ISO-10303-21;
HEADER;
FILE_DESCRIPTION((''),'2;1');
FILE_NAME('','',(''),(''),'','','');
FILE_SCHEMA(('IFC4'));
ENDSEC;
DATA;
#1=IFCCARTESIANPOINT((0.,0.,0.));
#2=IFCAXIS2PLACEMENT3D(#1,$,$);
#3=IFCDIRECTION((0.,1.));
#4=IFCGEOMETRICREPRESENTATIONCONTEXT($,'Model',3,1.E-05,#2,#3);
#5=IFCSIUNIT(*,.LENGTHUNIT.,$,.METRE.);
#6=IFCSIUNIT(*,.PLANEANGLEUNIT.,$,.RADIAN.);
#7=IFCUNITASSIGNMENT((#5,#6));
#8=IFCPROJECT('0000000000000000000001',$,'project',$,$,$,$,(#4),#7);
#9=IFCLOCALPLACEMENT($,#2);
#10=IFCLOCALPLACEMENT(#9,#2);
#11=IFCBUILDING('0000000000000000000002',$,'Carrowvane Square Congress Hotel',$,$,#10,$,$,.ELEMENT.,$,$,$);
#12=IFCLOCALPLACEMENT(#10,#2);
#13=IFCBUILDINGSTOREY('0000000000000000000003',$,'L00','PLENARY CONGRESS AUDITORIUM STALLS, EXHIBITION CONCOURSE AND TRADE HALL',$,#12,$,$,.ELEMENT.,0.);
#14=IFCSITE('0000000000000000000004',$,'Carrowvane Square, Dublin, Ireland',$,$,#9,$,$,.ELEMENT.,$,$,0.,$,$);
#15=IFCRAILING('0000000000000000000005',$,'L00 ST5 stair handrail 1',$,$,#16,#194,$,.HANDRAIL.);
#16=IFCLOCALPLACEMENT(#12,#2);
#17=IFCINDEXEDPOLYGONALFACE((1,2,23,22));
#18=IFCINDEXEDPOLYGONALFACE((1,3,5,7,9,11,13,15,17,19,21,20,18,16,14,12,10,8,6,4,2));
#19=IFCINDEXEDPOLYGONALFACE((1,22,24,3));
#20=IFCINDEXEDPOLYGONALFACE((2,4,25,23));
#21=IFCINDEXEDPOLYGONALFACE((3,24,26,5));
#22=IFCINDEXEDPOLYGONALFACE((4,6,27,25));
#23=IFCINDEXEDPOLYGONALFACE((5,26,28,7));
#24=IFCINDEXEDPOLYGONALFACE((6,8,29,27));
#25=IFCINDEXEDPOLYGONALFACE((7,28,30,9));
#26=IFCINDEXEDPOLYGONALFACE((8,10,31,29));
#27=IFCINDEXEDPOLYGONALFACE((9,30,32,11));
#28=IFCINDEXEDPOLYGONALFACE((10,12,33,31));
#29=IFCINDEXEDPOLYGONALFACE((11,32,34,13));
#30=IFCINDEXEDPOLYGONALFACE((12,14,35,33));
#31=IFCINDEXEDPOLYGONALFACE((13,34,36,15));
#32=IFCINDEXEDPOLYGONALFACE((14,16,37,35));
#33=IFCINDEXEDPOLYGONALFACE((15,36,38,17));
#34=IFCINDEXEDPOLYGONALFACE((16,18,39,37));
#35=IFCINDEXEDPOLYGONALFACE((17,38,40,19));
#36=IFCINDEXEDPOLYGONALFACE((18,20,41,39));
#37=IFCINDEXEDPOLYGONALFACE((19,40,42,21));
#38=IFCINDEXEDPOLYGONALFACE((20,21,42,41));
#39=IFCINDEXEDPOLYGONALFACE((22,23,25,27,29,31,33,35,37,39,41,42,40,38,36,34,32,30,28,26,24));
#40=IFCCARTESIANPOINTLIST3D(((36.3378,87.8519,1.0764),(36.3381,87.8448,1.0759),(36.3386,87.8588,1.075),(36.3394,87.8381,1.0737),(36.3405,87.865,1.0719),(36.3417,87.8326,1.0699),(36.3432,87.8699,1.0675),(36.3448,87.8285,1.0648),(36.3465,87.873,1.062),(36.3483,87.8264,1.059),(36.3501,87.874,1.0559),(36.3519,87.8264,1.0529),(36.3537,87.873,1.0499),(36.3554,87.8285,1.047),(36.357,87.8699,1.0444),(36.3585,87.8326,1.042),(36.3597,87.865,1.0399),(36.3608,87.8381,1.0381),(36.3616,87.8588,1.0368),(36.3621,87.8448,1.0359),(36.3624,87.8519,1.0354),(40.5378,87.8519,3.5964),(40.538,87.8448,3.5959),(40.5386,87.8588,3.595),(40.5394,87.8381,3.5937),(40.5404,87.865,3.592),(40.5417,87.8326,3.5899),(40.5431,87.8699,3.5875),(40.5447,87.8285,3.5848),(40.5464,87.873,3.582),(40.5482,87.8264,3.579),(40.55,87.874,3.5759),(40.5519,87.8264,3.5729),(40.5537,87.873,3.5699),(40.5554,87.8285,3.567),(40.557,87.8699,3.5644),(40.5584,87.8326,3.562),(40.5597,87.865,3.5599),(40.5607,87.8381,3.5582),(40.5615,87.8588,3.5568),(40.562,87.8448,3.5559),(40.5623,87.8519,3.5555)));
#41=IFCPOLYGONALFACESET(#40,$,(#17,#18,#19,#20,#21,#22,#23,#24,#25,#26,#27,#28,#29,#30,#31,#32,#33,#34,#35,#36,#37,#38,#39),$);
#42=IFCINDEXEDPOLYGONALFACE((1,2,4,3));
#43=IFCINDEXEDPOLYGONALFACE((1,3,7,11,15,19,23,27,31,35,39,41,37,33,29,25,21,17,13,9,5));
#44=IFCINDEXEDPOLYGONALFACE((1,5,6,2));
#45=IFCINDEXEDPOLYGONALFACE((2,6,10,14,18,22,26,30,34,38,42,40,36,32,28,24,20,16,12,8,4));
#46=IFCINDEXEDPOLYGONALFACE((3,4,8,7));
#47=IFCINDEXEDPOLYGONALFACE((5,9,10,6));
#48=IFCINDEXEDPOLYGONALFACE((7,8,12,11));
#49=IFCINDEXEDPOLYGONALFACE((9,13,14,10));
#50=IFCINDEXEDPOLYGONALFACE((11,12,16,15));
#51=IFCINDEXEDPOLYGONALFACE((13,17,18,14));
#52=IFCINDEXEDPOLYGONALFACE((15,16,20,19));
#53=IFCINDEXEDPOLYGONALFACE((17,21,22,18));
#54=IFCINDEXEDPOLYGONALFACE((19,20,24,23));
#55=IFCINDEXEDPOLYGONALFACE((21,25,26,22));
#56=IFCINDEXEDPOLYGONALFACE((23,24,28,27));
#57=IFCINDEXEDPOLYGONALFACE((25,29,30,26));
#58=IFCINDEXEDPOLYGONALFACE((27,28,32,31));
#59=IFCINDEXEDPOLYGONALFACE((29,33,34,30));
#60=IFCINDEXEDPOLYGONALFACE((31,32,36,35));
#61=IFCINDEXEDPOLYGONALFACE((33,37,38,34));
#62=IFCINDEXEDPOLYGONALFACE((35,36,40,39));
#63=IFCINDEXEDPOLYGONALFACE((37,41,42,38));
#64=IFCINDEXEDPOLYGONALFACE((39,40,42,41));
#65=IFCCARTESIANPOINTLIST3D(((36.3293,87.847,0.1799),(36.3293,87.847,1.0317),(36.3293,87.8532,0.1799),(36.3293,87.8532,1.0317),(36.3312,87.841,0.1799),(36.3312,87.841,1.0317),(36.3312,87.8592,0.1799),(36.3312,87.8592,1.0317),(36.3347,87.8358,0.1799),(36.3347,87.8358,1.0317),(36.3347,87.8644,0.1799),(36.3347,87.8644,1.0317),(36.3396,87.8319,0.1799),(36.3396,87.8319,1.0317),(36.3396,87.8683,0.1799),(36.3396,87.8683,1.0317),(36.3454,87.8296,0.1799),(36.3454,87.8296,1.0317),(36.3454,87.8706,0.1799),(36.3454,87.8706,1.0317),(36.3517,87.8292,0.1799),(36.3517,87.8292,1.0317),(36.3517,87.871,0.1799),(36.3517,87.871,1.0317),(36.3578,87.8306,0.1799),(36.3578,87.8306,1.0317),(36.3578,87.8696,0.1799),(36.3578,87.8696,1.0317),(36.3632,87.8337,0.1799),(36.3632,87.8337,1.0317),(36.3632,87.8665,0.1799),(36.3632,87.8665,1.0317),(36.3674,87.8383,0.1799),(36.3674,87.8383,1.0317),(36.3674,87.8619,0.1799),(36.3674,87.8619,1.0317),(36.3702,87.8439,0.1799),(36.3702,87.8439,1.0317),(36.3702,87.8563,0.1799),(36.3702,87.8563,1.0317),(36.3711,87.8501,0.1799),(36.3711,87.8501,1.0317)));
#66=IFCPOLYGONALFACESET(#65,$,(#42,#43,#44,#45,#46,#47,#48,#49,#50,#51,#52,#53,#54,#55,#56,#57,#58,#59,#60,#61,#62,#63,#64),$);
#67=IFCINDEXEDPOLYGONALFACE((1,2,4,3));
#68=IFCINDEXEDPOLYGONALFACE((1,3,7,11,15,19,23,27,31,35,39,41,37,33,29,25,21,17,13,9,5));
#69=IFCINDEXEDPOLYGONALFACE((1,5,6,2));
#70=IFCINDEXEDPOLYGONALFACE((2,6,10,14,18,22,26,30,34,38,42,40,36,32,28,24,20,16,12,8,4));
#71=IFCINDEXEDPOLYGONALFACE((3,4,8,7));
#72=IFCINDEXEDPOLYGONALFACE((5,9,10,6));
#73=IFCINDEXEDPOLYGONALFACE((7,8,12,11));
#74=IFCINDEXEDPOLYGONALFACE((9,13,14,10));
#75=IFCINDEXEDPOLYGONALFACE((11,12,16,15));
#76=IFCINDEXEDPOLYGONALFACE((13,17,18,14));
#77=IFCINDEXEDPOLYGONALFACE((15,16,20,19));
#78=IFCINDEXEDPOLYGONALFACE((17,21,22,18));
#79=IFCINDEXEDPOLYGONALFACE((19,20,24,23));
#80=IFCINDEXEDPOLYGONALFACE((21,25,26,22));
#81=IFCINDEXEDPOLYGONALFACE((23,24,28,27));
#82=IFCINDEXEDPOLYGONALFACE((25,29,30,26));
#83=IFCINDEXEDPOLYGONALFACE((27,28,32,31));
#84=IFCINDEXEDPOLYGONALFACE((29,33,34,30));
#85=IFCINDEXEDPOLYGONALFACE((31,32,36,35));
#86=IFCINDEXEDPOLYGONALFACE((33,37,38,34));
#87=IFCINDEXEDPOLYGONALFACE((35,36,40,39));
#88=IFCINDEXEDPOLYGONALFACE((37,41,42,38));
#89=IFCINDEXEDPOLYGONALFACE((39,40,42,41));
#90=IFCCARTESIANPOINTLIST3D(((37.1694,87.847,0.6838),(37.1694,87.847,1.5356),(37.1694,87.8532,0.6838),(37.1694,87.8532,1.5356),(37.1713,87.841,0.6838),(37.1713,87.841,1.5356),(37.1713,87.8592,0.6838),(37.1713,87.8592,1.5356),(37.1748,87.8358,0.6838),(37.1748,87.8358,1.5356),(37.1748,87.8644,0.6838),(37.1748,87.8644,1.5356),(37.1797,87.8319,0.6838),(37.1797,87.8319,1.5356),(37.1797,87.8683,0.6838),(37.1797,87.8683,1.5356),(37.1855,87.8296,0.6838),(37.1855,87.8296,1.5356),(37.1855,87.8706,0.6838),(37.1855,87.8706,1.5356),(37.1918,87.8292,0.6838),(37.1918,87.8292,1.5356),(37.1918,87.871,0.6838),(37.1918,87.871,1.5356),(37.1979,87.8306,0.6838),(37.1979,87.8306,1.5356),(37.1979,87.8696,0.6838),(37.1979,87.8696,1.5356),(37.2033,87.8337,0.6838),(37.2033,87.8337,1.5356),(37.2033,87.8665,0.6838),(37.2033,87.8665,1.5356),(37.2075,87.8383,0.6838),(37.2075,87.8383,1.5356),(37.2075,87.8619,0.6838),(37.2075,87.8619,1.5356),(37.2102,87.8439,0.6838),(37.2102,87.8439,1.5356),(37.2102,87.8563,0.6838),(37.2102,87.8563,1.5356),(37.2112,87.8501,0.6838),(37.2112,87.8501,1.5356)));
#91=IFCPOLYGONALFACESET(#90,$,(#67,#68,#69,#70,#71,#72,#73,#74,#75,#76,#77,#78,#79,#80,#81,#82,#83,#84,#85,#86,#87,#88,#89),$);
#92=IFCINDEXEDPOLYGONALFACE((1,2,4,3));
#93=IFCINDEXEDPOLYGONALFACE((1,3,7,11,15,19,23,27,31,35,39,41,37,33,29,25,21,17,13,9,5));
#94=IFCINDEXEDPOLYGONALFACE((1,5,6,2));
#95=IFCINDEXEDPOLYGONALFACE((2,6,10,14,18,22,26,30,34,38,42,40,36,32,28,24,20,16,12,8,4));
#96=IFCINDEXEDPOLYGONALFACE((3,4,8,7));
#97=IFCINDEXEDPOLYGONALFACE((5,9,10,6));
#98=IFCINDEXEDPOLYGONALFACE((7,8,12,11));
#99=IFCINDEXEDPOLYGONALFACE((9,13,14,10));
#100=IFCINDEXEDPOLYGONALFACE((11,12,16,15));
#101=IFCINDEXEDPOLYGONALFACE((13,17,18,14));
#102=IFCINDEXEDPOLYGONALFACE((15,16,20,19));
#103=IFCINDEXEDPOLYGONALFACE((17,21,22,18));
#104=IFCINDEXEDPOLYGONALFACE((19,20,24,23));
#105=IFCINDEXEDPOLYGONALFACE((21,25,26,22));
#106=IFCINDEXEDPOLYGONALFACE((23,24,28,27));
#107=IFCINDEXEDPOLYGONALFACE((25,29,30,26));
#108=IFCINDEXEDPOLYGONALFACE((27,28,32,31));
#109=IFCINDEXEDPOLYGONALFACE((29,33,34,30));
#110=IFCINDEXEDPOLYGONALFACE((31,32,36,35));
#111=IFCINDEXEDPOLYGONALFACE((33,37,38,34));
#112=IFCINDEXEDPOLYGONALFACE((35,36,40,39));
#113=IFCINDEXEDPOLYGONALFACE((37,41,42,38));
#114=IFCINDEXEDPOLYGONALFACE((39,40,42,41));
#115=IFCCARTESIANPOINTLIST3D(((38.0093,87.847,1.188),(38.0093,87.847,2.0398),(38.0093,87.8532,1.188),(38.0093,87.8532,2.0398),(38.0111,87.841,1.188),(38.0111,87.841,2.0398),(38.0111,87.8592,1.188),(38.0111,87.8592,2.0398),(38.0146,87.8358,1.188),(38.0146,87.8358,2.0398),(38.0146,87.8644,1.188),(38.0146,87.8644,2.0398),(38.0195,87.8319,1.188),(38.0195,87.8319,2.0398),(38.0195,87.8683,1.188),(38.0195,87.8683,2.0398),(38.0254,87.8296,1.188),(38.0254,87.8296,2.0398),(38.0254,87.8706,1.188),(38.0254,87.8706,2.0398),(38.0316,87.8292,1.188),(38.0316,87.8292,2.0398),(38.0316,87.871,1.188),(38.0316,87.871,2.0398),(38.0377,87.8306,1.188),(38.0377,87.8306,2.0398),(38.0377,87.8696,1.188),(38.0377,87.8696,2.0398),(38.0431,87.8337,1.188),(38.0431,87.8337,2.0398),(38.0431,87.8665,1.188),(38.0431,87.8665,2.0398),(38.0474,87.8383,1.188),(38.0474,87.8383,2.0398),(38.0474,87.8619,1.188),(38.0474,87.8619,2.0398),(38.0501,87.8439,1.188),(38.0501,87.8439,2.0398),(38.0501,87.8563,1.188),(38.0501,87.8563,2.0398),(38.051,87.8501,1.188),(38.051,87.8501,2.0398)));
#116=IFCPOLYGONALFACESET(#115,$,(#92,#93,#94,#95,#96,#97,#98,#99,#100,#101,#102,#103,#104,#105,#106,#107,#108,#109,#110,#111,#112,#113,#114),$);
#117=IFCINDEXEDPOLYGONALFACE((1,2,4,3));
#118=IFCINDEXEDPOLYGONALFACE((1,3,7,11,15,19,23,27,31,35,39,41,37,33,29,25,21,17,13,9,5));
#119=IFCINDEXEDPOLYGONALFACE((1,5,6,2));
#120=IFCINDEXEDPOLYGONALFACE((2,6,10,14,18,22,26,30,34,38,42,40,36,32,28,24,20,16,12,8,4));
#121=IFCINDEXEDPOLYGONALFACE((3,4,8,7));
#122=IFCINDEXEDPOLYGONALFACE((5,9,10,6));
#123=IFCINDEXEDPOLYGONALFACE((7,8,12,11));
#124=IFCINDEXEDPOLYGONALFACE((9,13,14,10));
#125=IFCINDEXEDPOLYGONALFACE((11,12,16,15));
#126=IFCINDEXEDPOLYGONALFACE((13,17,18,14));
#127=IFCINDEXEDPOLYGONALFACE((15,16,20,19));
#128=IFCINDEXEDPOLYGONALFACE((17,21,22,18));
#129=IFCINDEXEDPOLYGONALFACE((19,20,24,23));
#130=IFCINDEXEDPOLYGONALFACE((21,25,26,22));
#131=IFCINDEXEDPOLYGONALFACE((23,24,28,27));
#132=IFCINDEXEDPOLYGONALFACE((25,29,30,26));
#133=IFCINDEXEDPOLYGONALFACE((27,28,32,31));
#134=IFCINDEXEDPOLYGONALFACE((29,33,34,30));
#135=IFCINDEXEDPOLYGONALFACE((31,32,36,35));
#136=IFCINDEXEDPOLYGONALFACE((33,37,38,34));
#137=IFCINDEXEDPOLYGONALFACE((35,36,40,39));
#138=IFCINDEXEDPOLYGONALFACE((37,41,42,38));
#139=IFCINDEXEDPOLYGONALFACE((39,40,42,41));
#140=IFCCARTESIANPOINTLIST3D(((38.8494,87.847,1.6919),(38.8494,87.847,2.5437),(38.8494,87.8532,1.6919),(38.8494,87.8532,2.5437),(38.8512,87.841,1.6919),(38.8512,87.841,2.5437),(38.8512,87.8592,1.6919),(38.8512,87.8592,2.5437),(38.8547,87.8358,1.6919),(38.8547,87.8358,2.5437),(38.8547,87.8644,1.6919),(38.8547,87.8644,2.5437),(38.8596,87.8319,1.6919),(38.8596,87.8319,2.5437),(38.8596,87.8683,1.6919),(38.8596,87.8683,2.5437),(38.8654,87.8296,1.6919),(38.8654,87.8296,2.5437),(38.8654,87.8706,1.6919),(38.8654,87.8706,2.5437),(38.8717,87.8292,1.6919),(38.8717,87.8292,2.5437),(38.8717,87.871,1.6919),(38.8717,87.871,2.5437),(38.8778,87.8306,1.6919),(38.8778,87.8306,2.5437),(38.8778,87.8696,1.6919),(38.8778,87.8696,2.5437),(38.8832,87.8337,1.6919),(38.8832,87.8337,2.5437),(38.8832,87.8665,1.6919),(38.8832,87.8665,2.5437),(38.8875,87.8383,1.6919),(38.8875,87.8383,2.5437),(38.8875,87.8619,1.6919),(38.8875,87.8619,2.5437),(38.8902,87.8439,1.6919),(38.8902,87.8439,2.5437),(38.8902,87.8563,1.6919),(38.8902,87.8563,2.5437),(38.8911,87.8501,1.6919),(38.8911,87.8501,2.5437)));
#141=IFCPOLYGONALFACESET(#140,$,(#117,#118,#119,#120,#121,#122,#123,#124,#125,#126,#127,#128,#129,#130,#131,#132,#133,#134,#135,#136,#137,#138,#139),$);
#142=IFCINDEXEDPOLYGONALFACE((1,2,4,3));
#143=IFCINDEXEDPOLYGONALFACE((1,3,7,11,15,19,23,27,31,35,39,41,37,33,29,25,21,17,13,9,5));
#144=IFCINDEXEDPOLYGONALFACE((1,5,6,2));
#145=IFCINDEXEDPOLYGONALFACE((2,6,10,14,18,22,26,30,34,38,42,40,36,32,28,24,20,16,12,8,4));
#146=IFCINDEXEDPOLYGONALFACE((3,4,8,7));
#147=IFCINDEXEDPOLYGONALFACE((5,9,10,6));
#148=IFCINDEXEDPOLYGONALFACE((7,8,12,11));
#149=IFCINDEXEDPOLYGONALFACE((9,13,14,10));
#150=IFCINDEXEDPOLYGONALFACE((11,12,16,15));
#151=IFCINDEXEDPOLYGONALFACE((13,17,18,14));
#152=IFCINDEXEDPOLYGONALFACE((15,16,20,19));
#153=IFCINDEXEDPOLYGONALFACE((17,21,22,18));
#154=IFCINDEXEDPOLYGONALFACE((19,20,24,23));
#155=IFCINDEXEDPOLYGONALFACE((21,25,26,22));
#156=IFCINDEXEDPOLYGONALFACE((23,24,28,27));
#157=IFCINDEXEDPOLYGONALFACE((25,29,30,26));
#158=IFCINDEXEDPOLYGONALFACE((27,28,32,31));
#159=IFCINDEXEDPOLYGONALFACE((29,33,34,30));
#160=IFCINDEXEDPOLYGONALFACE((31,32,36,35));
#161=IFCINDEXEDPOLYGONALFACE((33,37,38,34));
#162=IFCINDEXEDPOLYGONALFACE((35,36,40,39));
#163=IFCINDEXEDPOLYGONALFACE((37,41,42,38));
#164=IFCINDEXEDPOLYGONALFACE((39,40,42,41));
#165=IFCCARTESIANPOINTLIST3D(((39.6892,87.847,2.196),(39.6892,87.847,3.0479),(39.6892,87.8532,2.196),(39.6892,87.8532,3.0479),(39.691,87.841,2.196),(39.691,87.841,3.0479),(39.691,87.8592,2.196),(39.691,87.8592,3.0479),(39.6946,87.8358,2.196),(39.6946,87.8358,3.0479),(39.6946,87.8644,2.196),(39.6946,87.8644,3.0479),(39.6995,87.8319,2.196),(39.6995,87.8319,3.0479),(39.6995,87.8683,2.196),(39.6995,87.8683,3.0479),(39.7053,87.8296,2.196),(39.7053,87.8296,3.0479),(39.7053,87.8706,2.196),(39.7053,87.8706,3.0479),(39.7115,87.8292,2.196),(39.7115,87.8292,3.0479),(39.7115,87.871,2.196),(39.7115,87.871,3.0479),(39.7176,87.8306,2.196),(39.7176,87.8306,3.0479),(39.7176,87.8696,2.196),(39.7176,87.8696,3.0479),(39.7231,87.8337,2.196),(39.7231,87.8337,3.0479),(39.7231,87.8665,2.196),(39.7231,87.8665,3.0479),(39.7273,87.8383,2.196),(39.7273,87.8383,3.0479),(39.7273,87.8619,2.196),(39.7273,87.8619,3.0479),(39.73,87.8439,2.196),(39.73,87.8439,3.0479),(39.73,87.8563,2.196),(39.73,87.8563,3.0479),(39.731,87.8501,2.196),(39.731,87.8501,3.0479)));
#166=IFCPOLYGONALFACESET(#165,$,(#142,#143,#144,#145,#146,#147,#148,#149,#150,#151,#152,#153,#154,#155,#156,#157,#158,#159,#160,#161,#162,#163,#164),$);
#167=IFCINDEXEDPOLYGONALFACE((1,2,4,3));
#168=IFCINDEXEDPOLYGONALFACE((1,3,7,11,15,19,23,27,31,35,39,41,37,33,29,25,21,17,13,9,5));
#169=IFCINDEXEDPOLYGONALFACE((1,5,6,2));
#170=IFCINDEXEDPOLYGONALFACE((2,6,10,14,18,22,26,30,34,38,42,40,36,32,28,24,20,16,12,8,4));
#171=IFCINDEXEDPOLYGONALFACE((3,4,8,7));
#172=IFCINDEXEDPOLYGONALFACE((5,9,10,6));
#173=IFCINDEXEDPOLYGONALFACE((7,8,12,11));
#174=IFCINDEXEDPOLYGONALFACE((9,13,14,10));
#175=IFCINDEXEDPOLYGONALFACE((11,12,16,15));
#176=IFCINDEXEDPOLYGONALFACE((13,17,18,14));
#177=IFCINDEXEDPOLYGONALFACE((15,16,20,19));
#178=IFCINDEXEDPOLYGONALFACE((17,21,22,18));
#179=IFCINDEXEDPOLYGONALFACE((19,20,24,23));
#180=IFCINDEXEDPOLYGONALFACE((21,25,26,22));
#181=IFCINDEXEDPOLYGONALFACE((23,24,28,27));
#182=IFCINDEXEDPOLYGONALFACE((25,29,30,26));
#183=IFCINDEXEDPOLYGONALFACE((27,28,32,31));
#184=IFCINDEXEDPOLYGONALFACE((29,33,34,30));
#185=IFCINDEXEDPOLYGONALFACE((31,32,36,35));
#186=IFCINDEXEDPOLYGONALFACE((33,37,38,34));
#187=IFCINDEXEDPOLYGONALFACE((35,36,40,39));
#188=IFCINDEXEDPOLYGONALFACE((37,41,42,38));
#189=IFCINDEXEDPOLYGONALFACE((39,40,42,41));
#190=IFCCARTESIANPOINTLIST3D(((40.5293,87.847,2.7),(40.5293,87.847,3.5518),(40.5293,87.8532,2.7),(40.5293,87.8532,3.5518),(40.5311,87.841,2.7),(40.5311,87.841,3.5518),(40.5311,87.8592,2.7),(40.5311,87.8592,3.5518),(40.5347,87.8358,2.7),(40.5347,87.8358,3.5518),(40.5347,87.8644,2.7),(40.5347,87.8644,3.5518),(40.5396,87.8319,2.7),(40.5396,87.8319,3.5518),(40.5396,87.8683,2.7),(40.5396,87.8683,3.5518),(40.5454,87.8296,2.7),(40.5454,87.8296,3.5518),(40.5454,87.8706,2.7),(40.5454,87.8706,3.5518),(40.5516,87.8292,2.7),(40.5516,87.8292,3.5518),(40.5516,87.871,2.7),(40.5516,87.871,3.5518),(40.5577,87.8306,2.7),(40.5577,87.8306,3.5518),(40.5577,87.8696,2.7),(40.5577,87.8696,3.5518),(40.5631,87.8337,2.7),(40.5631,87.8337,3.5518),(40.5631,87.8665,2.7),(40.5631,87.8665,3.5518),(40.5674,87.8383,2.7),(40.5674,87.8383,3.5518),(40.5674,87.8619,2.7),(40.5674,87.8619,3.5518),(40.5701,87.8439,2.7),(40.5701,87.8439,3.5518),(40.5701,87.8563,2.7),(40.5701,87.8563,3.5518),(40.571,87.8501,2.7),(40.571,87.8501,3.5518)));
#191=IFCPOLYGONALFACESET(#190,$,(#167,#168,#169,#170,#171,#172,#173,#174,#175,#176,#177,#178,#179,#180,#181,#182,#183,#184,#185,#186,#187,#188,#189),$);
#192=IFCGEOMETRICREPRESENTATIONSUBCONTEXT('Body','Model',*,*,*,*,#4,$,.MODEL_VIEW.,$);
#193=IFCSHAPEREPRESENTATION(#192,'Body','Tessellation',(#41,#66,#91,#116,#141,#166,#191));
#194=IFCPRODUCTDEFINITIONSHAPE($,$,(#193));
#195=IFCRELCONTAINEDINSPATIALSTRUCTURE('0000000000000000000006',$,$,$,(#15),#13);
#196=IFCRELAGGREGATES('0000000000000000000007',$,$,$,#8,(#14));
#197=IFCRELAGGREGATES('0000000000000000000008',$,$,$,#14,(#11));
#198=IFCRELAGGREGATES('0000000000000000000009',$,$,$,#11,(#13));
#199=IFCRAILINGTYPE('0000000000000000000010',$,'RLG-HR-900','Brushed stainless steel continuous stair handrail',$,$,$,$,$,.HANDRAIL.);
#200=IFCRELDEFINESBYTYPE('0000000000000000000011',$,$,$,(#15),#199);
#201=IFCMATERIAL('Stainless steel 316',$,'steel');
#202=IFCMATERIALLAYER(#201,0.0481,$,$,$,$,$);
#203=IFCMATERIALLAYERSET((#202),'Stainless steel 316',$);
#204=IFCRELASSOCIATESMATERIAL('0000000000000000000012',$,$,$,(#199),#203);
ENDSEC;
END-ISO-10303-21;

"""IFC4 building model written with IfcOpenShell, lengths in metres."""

from ifc_helpers import new_model, si_unit, direction, frame, origin, origin_2d, place, context, subcontext, project, spatial, circle, extrude, material, layer, layer_set, type_object, element, save


model = new_model("IFC4")

# Units and contexts
model_context = context("Model", 3, precision=1e-05, world=origin(), true_north=direction((0.0, 1.0)))
body_context = subcontext(model_context, "Body", "Model", "MODEL_VIEW")
ifc_project = project(units=[si_unit("LENGTHUNIT", "METRE"), si_unit("PLANEANGLEUNIT", "RADIAN")], contexts=[model_context])

# Site, building, storey
site_placement = place(None, origin())
site = spatial("IfcSite", under=ifc_project, at=site_placement, Name="Carrowvane Square, Dublin, Ireland", CompositionType="ELEMENT", RefElevation=0.0)
building_placement = place(site_placement, origin())
building = spatial("IfcBuilding", under=site, at=building_placement, Name="Carrowvane Square Congress Hotel", CompositionType="ELEMENT")
storey_placement = place(building_placement, origin())
storey = spatial("IfcBuildingStorey", under=building, at=storey_placement, Name="L00", Description="PLENARY CONGRESS AUDITORIUM STALLS, EXHIBITION CONCOURSE AND TRADE HALL", CompositionType="ELEMENT", Elevation=0.0)

# Railing
ifc_material_1 = material(Name="Stainless steel 316", Category="steel")
ifc_layer_1 = layer(ifc_material_1, 0.0481)
ifc_layer_set_1 = layer_set([ifc_layer_1], Name="Stainless steel 316")
railing_type_1 = type_object("IfcRailingType", Name="RLG-HR-900", Description="Brushed stainless steel continuous stair handrail", PredefinedType="HANDRAIL", material=ifc_layer_set_1)
railing_1_placement = place(storey_placement, frame((36.3501, 87.8501, 0.1799)))
element("IfcRailing", 1, at=railing_1_placement, inside=storey, type_object=railing_type_1, Name="L00 ST5 stair handrail 1", PredefinedType="HANDRAIL", context=body_context, shape_type="SweptSolid", body=[
    extrude(circle(Radius=0.0239, at=origin_2d()), frame((0.0, 0.0, 0.876), z_axis=(0.857489, 0.0, 0.514503), x_axis=(0.0, 1.0, 0.0)), (0.0, 0.0, 1.0), 4.8979),
    extrude(circle(Radius=0.021, at=origin_2d()), origin(), (0.0, 0.0, 1.0), 0.8518),
    extrude(circle(Radius=0.021, at=origin_2d()), frame((0.8401, 0.0, 0.5039)), (0.0, 0.0, 1.0), 0.8518),
    extrude(circle(Radius=0.021, at=origin_2d()), frame((1.6799, 0.0, 1.0081)), (0.0, 0.0, 1.0), 0.8518),
    extrude(circle(Radius=0.021, at=origin_2d()), frame((2.52, 0.0, 1.512)), (0.0, 0.0, 1.0), 0.8518),
    extrude(circle(Radius=0.021, at=origin_2d()), frame((3.3599, 0.0, 2.0161)), (0.0, 0.0, 1.0), 0.8518),
    extrude(circle(Radius=0.021, at=origin_2d()), frame((4.2, 0.0, 2.52)), (0.0, 0.0, 1.0), 0.8518),
])

save(model, "model.ifc")
